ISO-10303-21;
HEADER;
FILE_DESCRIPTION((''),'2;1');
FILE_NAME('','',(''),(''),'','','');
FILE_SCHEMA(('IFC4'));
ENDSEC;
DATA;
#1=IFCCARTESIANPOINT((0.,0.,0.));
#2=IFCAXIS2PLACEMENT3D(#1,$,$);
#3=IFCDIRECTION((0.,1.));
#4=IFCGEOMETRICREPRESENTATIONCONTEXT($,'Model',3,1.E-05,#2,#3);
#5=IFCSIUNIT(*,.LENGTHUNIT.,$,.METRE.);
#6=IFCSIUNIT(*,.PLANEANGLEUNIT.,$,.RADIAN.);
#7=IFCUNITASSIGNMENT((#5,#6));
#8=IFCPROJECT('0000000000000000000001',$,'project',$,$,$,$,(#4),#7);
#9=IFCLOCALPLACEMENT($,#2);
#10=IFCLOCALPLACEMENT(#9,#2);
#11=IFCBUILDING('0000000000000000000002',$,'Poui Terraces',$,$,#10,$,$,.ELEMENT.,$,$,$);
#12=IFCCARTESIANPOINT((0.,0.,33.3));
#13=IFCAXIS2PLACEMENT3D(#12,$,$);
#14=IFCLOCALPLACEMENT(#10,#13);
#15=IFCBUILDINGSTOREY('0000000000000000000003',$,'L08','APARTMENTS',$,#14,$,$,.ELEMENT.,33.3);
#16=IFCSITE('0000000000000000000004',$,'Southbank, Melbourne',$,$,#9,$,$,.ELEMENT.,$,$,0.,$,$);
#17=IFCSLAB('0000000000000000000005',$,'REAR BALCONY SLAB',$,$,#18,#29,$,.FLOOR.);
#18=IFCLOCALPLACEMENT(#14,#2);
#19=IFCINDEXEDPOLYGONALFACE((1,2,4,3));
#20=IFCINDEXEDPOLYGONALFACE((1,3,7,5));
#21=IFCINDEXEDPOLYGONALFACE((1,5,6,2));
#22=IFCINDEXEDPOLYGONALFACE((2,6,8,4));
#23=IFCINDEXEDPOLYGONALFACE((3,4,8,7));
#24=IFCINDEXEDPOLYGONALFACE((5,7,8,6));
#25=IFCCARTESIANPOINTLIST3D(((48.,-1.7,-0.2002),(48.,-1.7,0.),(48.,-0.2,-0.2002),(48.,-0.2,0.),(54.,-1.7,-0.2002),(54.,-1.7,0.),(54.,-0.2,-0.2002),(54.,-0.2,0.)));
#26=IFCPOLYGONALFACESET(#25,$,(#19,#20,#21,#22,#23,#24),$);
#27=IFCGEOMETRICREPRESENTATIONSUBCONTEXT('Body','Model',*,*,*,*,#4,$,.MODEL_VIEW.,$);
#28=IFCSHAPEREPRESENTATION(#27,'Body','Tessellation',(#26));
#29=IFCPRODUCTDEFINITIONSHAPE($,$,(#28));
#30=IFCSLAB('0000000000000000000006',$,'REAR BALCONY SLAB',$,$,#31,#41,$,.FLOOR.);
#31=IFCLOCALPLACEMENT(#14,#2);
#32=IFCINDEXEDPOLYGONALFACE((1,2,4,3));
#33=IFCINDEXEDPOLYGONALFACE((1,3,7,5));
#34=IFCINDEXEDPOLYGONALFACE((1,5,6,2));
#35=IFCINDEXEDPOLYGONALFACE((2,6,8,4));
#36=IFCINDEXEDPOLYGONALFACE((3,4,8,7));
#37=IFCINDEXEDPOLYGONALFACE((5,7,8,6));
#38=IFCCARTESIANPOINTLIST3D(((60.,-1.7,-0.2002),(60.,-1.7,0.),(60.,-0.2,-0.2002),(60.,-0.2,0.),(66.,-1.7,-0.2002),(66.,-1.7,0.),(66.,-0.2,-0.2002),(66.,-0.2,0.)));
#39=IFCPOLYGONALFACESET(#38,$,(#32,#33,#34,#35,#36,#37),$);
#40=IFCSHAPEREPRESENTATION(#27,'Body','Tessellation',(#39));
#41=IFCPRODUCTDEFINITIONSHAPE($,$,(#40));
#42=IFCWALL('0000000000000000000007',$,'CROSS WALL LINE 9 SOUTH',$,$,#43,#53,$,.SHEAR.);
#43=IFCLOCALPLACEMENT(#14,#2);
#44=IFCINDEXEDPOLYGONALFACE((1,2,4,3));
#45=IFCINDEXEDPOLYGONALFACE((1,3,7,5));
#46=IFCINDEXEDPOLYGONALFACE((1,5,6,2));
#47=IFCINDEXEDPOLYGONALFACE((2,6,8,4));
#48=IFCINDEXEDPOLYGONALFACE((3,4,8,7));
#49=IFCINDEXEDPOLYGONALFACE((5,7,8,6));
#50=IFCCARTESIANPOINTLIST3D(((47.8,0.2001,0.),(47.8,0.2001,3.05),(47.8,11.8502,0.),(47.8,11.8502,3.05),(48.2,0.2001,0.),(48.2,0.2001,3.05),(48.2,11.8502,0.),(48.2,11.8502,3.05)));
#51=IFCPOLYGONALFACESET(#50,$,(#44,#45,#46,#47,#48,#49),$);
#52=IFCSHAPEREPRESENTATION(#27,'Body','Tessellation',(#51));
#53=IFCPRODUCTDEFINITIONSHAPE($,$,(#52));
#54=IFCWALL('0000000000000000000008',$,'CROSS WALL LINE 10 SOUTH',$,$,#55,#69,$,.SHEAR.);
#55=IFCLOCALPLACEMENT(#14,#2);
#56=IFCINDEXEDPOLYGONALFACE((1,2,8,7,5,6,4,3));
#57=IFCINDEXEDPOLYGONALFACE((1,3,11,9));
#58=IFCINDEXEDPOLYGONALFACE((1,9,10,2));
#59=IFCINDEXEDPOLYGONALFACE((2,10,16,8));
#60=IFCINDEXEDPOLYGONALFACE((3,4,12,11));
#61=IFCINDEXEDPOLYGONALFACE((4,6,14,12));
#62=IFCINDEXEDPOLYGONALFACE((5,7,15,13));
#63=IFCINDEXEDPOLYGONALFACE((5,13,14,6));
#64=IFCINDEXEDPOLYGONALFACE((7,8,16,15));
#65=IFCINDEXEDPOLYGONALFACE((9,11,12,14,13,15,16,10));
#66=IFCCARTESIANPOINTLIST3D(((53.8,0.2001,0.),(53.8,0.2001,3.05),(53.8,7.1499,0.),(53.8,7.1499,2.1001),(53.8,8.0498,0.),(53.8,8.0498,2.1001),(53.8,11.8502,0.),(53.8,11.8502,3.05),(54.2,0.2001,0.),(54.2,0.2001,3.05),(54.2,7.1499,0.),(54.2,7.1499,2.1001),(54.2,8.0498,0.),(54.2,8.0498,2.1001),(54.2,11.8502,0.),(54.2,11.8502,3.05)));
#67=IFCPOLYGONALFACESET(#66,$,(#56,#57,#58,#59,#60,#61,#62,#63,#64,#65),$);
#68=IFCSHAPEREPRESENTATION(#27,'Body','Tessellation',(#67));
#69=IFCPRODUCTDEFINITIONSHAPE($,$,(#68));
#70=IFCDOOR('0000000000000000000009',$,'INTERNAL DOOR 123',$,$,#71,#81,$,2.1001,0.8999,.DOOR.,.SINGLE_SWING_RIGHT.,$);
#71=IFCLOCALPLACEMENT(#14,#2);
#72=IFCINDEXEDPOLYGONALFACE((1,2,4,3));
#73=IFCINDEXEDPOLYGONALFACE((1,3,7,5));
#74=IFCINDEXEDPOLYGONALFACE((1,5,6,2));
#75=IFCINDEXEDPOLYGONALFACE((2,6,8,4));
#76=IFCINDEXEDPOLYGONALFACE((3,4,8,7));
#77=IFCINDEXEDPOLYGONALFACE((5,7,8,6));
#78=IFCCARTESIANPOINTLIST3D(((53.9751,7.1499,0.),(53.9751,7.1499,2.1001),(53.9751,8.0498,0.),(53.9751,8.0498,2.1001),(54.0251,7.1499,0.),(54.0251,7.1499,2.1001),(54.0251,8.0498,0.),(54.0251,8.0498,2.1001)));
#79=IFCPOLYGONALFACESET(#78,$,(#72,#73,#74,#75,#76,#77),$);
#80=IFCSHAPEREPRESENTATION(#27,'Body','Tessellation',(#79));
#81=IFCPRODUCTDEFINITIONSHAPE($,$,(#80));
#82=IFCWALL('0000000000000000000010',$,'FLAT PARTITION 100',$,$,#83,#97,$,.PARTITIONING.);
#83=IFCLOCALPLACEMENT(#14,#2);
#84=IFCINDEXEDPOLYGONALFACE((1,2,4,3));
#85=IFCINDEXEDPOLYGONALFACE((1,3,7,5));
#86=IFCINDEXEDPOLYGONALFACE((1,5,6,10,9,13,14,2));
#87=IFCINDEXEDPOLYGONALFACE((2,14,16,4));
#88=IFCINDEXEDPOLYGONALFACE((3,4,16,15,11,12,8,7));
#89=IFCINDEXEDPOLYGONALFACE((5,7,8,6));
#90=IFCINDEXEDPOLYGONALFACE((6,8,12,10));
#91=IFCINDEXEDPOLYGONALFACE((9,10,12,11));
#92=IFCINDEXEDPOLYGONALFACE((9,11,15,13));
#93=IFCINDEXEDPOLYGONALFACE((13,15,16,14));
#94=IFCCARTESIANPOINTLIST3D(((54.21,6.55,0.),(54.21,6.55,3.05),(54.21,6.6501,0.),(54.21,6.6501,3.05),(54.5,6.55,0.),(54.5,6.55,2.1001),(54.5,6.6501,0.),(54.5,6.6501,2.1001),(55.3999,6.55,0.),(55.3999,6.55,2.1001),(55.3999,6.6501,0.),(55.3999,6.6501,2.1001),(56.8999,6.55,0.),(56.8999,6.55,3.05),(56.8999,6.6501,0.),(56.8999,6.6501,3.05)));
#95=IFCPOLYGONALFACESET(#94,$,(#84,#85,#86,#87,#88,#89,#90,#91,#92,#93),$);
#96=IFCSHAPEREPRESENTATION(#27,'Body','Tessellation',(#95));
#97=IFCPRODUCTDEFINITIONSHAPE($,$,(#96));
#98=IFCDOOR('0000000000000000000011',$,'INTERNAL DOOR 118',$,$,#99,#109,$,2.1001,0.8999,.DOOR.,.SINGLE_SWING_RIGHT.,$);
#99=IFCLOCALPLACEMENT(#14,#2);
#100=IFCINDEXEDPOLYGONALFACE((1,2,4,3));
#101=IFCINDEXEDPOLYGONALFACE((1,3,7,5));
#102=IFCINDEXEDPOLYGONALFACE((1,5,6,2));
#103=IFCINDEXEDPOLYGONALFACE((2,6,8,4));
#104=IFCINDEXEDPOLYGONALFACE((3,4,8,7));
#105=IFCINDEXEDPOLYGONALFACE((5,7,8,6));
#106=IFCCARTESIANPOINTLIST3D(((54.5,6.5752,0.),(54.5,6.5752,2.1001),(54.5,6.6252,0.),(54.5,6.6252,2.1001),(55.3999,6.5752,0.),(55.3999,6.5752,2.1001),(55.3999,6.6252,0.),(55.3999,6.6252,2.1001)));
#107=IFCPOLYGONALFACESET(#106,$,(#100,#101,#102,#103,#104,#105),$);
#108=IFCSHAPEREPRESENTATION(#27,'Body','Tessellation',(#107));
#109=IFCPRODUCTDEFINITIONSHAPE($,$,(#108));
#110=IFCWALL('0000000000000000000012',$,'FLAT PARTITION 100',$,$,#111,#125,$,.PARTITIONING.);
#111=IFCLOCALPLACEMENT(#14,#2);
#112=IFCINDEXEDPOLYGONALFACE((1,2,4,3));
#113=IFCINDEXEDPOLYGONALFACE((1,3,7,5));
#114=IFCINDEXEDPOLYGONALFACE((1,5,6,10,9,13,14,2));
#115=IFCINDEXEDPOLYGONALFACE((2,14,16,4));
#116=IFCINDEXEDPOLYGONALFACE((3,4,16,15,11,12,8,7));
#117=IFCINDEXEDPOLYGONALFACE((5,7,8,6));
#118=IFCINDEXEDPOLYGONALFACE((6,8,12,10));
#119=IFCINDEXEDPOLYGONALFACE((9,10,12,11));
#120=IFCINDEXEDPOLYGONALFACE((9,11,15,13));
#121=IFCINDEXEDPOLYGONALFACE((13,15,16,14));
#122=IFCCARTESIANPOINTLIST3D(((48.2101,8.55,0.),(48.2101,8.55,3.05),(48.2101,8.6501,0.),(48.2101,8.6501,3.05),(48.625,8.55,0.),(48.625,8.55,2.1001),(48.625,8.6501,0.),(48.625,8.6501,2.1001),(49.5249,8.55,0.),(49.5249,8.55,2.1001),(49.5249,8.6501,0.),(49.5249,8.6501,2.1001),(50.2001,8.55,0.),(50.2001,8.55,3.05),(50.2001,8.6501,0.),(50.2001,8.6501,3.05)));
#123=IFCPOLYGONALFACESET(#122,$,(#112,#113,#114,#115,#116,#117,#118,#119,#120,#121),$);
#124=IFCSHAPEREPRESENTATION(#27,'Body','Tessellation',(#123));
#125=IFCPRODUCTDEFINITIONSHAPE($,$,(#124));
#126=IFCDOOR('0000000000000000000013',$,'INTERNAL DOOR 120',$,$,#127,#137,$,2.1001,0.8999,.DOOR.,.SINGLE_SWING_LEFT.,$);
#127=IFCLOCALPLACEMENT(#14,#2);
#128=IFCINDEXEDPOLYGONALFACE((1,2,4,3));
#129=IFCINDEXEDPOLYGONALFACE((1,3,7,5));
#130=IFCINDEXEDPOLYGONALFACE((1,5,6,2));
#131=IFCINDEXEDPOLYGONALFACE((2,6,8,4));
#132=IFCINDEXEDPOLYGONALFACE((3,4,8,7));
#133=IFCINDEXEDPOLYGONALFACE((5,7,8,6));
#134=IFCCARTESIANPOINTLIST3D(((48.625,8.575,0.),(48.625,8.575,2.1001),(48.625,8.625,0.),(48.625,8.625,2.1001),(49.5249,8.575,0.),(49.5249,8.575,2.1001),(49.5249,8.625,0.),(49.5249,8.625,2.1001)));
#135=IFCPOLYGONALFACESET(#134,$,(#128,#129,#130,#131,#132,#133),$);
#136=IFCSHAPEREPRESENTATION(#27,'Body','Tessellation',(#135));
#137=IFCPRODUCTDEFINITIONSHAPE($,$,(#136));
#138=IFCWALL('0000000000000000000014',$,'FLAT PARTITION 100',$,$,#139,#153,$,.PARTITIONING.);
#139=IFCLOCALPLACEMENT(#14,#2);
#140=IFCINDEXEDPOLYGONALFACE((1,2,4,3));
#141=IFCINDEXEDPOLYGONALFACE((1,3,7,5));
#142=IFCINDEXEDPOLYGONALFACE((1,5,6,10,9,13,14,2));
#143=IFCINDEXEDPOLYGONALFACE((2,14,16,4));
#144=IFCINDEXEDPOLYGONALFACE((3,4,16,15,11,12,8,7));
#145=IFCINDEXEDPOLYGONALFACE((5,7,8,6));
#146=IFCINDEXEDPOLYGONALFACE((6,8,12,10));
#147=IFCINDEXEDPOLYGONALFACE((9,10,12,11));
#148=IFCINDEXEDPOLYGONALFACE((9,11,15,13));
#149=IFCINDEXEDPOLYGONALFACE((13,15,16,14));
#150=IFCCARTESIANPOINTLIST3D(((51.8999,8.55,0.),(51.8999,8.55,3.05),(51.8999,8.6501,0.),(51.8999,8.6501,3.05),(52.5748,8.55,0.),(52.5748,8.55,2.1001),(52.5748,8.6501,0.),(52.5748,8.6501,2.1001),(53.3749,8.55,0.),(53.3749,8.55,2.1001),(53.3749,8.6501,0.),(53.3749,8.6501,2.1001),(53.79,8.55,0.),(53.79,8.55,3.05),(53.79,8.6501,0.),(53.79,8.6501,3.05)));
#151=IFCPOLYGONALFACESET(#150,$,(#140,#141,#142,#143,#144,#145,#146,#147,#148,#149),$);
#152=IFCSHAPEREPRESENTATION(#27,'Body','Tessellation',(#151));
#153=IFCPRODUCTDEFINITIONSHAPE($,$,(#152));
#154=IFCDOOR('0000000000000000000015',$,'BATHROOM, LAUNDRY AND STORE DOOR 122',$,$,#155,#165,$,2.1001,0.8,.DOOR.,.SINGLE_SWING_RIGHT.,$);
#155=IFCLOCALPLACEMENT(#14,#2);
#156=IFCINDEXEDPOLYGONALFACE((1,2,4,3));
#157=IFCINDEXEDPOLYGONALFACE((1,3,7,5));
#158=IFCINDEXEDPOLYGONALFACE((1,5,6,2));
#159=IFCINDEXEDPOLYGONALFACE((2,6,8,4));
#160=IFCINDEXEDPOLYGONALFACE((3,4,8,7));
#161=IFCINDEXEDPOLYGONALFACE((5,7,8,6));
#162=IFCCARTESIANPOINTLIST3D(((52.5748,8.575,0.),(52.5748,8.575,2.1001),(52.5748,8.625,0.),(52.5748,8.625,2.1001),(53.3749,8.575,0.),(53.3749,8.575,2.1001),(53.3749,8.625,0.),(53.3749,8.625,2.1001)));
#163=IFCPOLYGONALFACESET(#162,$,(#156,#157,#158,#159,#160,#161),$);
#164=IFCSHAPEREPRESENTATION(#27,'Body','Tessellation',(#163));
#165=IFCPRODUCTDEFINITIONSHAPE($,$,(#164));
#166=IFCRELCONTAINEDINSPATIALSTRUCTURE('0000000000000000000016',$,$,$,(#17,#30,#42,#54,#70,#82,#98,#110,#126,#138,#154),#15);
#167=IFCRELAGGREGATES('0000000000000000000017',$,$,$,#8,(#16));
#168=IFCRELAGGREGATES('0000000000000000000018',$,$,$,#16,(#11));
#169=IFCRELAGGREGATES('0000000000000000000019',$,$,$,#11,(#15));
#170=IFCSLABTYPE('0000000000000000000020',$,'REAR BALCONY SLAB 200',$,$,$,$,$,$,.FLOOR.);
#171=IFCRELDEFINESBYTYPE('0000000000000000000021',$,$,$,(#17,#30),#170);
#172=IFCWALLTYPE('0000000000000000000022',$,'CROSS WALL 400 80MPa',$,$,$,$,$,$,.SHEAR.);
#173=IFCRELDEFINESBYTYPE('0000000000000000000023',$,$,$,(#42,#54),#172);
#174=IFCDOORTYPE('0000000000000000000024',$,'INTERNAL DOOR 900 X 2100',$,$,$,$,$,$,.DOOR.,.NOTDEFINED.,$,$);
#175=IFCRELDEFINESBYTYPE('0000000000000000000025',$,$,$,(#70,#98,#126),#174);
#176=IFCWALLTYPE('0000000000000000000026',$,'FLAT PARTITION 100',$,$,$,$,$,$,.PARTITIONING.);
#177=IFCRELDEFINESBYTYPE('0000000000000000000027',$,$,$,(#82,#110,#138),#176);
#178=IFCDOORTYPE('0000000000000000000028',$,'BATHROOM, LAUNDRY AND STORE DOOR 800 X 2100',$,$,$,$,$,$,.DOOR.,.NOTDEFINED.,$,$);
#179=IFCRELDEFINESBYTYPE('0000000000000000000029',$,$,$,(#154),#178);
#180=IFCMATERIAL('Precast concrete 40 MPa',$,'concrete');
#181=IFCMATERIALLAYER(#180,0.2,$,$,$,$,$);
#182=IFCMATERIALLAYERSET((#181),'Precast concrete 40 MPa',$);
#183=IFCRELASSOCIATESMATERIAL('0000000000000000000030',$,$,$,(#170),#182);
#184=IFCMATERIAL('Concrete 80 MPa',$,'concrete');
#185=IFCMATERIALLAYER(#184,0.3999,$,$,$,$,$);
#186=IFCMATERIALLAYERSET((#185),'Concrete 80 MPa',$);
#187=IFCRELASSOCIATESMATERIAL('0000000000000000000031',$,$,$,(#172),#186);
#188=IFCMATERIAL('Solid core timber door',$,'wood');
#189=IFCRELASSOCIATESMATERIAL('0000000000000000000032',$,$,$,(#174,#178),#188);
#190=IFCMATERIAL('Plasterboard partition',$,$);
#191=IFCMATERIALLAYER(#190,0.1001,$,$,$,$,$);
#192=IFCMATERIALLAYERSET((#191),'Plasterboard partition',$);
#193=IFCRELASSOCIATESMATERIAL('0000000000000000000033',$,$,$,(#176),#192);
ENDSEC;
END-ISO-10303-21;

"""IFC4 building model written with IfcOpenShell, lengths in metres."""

from ifc_helpers import new_model, si_unit, direction, frame, frame_2d, origin, place, context, subcontext, project, spatial, polyline, rectangle, outline, extrude, source, transform, mapped, material, layer, layer_set, type_object, element, fill, save


model = new_model("IFC4")

# Units and contexts
model_context = context("Model", 3, precision=1e-05, world=origin(), true_north=direction((0.0, 1.0)))
body_context = subcontext(model_context, "Body", "Model", "MODEL_VIEW")
ifc_project = project(units=[si_unit("LENGTHUNIT", "METRE"), si_unit("PLANEANGLEUNIT", "RADIAN")], contexts=[model_context])

# Site, building, storey
site_placement = place(None, origin())
site = spatial("IfcSite", under=ifc_project, at=site_placement, Name="Southbank, Melbourne", CompositionType="ELEMENT", RefElevation=0.0)
building_placement = place(site_placement, origin())
building = spatial("IfcBuilding", under=site, at=building_placement, Name="Poui Terraces", CompositionType="ELEMENT")
storey_placement = place(building_placement, frame((0.0, 0.0, 33.3)))
storey = spatial("IfcBuildingStorey", under=building, at=storey_placement, Name="L08", Description="APARTMENTS", CompositionType="ELEMENT", Elevation=33.3)

# Slabs
ifc_material_1 = material(Name="Precast concrete 40 MPa", Category="concrete")
ifc_layer_1 = layer(ifc_material_1, 0.2)
ifc_layer_set_1 = layer_set([ifc_layer_1], Name="Precast concrete 40 MPa")
slab_type = type_object("IfcSlabType", Name="REAR BALCONY SLAB 200", PredefinedType="FLOOR", material=ifc_layer_set_1)
shared_shape_1 = source(origin(), body_context, "Body", "SweptSolid", [
    extrude(outline(polyline([(0.0, 0.0), (6.0, 0.0), (6.0, 1.5), (0.0, 1.5), (0.0, 0.0)])), origin(), (0.0, 0.0, 1.0), 0.2002),
])
for number, where, name in (
    (1, (48.0, -1.7, -0.2002), "REAR BALCONY SLAB"),
    (2, (60.0, -1.7, -0.2002), "REAR BALCONY SLAB"),
):
    element("IfcSlab", number, at=place(storey_placement, frame(where)), inside=storey, type_object=slab_type, Name=name, PredefinedType="FLOOR", context=body_context, shape_type="MappedRepresentation", body=[
        mapped(shared_shape_1, transform((0.0, 0.0, 0.0))),
    ])

# Wall
ifc_material_2 = material(Name="Concrete 80 MPa", Category="concrete")
ifc_layer_2 = layer(ifc_material_2, 0.3999)
ifc_layer_set_2 = layer_set([ifc_layer_2], Name="Concrete 80 MPa")
wall_type_1 = type_object("IfcWallType", Name="CROSS WALL 400 80MPa", PredefinedType="SHEAR", material=ifc_layer_set_2)
wall_1_placement = place(storey_placement, frame((48.0, 0.2, 0.0), z_axis=(0.0, 0.0, 1.0), x_axis=(0.0, 1.0, 0.0)))
element("IfcWall", 3, at=wall_1_placement, inside=storey, type_object=wall_type_1, Name="CROSS WALL LINE 9 SOUTH", PredefinedType="SHEAR", context=body_context, shape_type="SweptSolid", body=[
    extrude(rectangle(XDim=11.6501, YDim=0.3999, at=frame_2d((5.8252, 0.0))), origin(), (0.0, 0.0, 1.0), 3.05),
])

# Walls, openings, doors
wall_2_placement = place(storey_placement, frame((54.0, 0.2, 0.0), z_axis=(0.0, 0.0, 1.0), x_axis=(0.0, 1.0, 0.0)))
wall_2 = element("IfcWall", 4, at=wall_2_placement, inside=storey, type_object=wall_type_1, Name="CROSS WALL LINE 10 SOUTH", PredefinedType="SHEAR", context=body_context, shape_type="SweptSolid", body=[
    extrude(rectangle(XDim=11.6501, YDim=0.3999, at=frame_2d((5.8252, 0.0))), origin(), (0.0, 0.0, 1.0), 3.05),
])
opening_1_placement = place(wall_2_placement, frame((6.95, 0.0, 0.0)))
opening_1 = element("IfcOpeningElement", 5, at=opening_1_placement, cuts=wall_2, PredefinedType="OPENING", context=body_context, shape_type="SweptSolid", body=[
    extrude(rectangle(XDim=0.8999, YDim=2.1001, at=frame_2d((0.45, 1.05))), frame((0.0, 0.21, 0.0), z_axis=(0.0, -1.0, 0.0), x_axis=(1.0, 0.0, 0.0)), (0.0, 0.0, 1.0), 0.4199),
])
ifc_material_3 = material(Name="Solid core timber door", Category="wood")
door_type_1 = type_object("IfcDoorType", Name="INTERNAL DOOR 900 X 2100", OperationType="NOTDEFINED", PredefinedType="DOOR", material=ifc_material_3)
door_1_placement = place(opening_1_placement, origin())
door_1 = element("IfcDoor", 6, at=door_1_placement, inside=storey, type_object=door_type_1, Name="INTERNAL DOOR 123", OperationType="SINGLE_SWING_RIGHT", OverallHeight=2.1001, OverallWidth=0.8999, PredefinedType="DOOR", context=body_context, shape_type="SweptSolid", body=[
    extrude(rectangle(XDim=0.8999, YDim=2.1001, at=frame_2d((0.45, 1.05))), frame((0.0, 0.0249, 0.0), z_axis=(0.0, -1.0, 0.0), x_axis=(1.0, 0.0, 0.0)), (0.0, 0.0, 1.0), 0.05),
])
fill(opening_1, door_1)
ifc_material_4 = material(Name="Plasterboard partition")
ifc_layer_3 = layer(ifc_material_4, 0.1001)
ifc_layer_set_3 = layer_set([ifc_layer_3], Name="Plasterboard partition")
wall_type_2 = type_object("IfcWallType", Name="FLAT PARTITION 100", PredefinedType="PARTITIONING", material=ifc_layer_set_3)
wall_3_placement = place(storey_placement, frame((54.21, 6.6001, 0.0), z_axis=(0.0, 0.0, 1.0), x_axis=(1.0, 0.0, 0.0)))
wall_3 = element("IfcWall", 7, at=wall_3_placement, inside=storey, type_object=wall_type_2, Name="FLAT PARTITION 100", PredefinedType="PARTITIONING", context=body_context, shape_type="SweptSolid", body=[
    extrude(rectangle(XDim=2.6899, YDim=0.1001, at=frame_2d((1.345, 0.0))), origin(), (0.0, 0.0, 1.0), 3.05),
])
opening_2_placement = place(wall_3_placement, frame((0.29, 0.0, 0.0)))
opening_2 = element("IfcOpeningElement", 8, at=opening_2_placement, cuts=wall_3, PredefinedType="OPENING", context=body_context, shape_type="SweptSolid", body=[
    extrude(rectangle(XDim=0.8999, YDim=2.1001, at=frame_2d((0.45, 1.05))), frame((0.0, 0.0601, 0.0), z_axis=(0.0, -1.0, 0.0), x_axis=(1.0, 0.0, 0.0)), (0.0, 0.0, 1.0), 0.1201),
])
door_2_placement = place(opening_2_placement, frame((0.8999, 0.0, 0.0), z_axis=(0.0, 0.0, 1.0), x_axis=(-1.0, 0.0, 0.0)))
door_2 = element("IfcDoor", 9, at=door_2_placement, inside=storey, type_object=door_type_1, Name="INTERNAL DOOR 118", OperationType="SINGLE_SWING_RIGHT", OverallHeight=2.1001, OverallWidth=0.8999, PredefinedType="DOOR", context=body_context, shape_type="SweptSolid", body=[
    extrude(rectangle(XDim=0.8999, YDim=2.1001, at=frame_2d((0.45, 1.05))), frame((0.0, 0.0249, 0.0), z_axis=(0.0, -1.0, 0.0), x_axis=(1.0, 0.0, 0.0)), (0.0, 0.0, 1.0), 0.05),
])
fill(opening_2, door_2)
wall_4_placement = place(storey_placement, frame((48.21, 8.6001, 0.0), z_axis=(0.0, 0.0, 1.0), x_axis=(1.0, 0.0, 0.0)))
wall_4 = element("IfcWall", 10, at=wall_4_placement, inside=storey, type_object=wall_type_2, Name="FLAT PARTITION 100", PredefinedType="PARTITIONING", context=body_context, shape_type="SweptSolid", body=[
    extrude(rectangle(XDim=1.99, YDim=0.1001, at=frame_2d((0.9951, 0.0))), origin(), (0.0, 0.0, 1.0), 3.05),
])
opening_3_placement = place(wall_4_placement, frame((0.415, 0.0, 0.0)))
opening_3 = element("IfcOpeningElement", 11, at=opening_3_placement, cuts=wall_4, PredefinedType="OPENING", context=body_context, shape_type="SweptSolid", body=[
    extrude(rectangle(XDim=0.8999, YDim=2.1001, at=frame_2d((0.45, 1.05))), frame((0.0, 0.0601, 0.0), z_axis=(0.0, -1.0, 0.0), x_axis=(1.0, 0.0, 0.0)), (0.0, 0.0, 1.0), 0.1201),
])
door_3_placement = place(opening_3_placement, origin())
door_3 = element("IfcDoor", 12, at=door_3_placement, inside=storey, type_object=door_type_1, Name="INTERNAL DOOR 120", OperationType="SINGLE_SWING_LEFT", OverallHeight=2.1001, OverallWidth=0.8999, PredefinedType="DOOR", context=body_context, shape_type="SweptSolid", body=[
    extrude(rectangle(XDim=0.8999, YDim=2.1001, at=frame_2d((0.45, 1.05))), frame((0.0, 0.0249, 0.0), z_axis=(0.0, -1.0, 0.0), x_axis=(1.0, 0.0, 0.0)), (0.0, 0.0, 1.0), 0.05),
])
fill(opening_3, door_3)
wall_5_placement = place(storey_placement, frame((51.8999, 8.6001, 0.0), z_axis=(0.0, 0.0, 1.0), x_axis=(1.0, 0.0, 0.0)))
wall_5 = element("IfcWall", 13, at=wall_5_placement, inside=storey, type_object=wall_type_2, Name="FLAT PARTITION 100", PredefinedType="PARTITIONING", context=body_context, shape_type="SweptSolid", body=[
    extrude(rectangle(XDim=1.8901, YDim=0.1001, at=frame_2d((0.9451, 0.0))), origin(), (0.0, 0.0, 1.0), 3.05),
])
opening_4_placement = place(wall_5_placement, frame((0.675, 0.0, 0.0)))
opening_4 = element("IfcOpeningElement", 14, at=opening_4_placement, cuts=wall_5, PredefinedType="OPENING", context=body_context, shape_type="SweptSolid", body=[
    extrude(rectangle(XDim=0.8, YDim=2.1001, at=frame_2d((0.3999, 1.05))), frame((0.0, 0.0601, 0.0), z_axis=(0.0, -1.0, 0.0), x_axis=(1.0, 0.0, 0.0)), (0.0, 0.0, 1.0), 0.1201),
])
door_type_2 = type_object("IfcDoorType", Name="BATHROOM, LAUNDRY AND STORE DOOR 800 X 2100", OperationType="NOTDEFINED", PredefinedType="DOOR", material=ifc_material_3)
door_4_placement = place(opening_4_placement, origin())
door_4 = element("IfcDoor", 15, at=door_4_placement, inside=storey, type_object=door_type_2, Name="BATHROOM, LAUNDRY AND STORE DOOR 122", OperationType="SINGLE_SWING_RIGHT", OverallHeight=2.1001, OverallWidth=0.8, PredefinedType="DOOR", context=body_context, shape_type="SweptSolid", body=[
    extrude(rectangle(XDim=0.8, YDim=2.1001, at=frame_2d((0.3999, 1.05))), frame((0.0, 0.0249, 0.0), z_axis=(0.0, -1.0, 0.0), x_axis=(1.0, 0.0, 0.0)), (0.0, 0.0, 1.0), 0.05),
])
fill(opening_4, door_4)

save(model, "model.ifc")
